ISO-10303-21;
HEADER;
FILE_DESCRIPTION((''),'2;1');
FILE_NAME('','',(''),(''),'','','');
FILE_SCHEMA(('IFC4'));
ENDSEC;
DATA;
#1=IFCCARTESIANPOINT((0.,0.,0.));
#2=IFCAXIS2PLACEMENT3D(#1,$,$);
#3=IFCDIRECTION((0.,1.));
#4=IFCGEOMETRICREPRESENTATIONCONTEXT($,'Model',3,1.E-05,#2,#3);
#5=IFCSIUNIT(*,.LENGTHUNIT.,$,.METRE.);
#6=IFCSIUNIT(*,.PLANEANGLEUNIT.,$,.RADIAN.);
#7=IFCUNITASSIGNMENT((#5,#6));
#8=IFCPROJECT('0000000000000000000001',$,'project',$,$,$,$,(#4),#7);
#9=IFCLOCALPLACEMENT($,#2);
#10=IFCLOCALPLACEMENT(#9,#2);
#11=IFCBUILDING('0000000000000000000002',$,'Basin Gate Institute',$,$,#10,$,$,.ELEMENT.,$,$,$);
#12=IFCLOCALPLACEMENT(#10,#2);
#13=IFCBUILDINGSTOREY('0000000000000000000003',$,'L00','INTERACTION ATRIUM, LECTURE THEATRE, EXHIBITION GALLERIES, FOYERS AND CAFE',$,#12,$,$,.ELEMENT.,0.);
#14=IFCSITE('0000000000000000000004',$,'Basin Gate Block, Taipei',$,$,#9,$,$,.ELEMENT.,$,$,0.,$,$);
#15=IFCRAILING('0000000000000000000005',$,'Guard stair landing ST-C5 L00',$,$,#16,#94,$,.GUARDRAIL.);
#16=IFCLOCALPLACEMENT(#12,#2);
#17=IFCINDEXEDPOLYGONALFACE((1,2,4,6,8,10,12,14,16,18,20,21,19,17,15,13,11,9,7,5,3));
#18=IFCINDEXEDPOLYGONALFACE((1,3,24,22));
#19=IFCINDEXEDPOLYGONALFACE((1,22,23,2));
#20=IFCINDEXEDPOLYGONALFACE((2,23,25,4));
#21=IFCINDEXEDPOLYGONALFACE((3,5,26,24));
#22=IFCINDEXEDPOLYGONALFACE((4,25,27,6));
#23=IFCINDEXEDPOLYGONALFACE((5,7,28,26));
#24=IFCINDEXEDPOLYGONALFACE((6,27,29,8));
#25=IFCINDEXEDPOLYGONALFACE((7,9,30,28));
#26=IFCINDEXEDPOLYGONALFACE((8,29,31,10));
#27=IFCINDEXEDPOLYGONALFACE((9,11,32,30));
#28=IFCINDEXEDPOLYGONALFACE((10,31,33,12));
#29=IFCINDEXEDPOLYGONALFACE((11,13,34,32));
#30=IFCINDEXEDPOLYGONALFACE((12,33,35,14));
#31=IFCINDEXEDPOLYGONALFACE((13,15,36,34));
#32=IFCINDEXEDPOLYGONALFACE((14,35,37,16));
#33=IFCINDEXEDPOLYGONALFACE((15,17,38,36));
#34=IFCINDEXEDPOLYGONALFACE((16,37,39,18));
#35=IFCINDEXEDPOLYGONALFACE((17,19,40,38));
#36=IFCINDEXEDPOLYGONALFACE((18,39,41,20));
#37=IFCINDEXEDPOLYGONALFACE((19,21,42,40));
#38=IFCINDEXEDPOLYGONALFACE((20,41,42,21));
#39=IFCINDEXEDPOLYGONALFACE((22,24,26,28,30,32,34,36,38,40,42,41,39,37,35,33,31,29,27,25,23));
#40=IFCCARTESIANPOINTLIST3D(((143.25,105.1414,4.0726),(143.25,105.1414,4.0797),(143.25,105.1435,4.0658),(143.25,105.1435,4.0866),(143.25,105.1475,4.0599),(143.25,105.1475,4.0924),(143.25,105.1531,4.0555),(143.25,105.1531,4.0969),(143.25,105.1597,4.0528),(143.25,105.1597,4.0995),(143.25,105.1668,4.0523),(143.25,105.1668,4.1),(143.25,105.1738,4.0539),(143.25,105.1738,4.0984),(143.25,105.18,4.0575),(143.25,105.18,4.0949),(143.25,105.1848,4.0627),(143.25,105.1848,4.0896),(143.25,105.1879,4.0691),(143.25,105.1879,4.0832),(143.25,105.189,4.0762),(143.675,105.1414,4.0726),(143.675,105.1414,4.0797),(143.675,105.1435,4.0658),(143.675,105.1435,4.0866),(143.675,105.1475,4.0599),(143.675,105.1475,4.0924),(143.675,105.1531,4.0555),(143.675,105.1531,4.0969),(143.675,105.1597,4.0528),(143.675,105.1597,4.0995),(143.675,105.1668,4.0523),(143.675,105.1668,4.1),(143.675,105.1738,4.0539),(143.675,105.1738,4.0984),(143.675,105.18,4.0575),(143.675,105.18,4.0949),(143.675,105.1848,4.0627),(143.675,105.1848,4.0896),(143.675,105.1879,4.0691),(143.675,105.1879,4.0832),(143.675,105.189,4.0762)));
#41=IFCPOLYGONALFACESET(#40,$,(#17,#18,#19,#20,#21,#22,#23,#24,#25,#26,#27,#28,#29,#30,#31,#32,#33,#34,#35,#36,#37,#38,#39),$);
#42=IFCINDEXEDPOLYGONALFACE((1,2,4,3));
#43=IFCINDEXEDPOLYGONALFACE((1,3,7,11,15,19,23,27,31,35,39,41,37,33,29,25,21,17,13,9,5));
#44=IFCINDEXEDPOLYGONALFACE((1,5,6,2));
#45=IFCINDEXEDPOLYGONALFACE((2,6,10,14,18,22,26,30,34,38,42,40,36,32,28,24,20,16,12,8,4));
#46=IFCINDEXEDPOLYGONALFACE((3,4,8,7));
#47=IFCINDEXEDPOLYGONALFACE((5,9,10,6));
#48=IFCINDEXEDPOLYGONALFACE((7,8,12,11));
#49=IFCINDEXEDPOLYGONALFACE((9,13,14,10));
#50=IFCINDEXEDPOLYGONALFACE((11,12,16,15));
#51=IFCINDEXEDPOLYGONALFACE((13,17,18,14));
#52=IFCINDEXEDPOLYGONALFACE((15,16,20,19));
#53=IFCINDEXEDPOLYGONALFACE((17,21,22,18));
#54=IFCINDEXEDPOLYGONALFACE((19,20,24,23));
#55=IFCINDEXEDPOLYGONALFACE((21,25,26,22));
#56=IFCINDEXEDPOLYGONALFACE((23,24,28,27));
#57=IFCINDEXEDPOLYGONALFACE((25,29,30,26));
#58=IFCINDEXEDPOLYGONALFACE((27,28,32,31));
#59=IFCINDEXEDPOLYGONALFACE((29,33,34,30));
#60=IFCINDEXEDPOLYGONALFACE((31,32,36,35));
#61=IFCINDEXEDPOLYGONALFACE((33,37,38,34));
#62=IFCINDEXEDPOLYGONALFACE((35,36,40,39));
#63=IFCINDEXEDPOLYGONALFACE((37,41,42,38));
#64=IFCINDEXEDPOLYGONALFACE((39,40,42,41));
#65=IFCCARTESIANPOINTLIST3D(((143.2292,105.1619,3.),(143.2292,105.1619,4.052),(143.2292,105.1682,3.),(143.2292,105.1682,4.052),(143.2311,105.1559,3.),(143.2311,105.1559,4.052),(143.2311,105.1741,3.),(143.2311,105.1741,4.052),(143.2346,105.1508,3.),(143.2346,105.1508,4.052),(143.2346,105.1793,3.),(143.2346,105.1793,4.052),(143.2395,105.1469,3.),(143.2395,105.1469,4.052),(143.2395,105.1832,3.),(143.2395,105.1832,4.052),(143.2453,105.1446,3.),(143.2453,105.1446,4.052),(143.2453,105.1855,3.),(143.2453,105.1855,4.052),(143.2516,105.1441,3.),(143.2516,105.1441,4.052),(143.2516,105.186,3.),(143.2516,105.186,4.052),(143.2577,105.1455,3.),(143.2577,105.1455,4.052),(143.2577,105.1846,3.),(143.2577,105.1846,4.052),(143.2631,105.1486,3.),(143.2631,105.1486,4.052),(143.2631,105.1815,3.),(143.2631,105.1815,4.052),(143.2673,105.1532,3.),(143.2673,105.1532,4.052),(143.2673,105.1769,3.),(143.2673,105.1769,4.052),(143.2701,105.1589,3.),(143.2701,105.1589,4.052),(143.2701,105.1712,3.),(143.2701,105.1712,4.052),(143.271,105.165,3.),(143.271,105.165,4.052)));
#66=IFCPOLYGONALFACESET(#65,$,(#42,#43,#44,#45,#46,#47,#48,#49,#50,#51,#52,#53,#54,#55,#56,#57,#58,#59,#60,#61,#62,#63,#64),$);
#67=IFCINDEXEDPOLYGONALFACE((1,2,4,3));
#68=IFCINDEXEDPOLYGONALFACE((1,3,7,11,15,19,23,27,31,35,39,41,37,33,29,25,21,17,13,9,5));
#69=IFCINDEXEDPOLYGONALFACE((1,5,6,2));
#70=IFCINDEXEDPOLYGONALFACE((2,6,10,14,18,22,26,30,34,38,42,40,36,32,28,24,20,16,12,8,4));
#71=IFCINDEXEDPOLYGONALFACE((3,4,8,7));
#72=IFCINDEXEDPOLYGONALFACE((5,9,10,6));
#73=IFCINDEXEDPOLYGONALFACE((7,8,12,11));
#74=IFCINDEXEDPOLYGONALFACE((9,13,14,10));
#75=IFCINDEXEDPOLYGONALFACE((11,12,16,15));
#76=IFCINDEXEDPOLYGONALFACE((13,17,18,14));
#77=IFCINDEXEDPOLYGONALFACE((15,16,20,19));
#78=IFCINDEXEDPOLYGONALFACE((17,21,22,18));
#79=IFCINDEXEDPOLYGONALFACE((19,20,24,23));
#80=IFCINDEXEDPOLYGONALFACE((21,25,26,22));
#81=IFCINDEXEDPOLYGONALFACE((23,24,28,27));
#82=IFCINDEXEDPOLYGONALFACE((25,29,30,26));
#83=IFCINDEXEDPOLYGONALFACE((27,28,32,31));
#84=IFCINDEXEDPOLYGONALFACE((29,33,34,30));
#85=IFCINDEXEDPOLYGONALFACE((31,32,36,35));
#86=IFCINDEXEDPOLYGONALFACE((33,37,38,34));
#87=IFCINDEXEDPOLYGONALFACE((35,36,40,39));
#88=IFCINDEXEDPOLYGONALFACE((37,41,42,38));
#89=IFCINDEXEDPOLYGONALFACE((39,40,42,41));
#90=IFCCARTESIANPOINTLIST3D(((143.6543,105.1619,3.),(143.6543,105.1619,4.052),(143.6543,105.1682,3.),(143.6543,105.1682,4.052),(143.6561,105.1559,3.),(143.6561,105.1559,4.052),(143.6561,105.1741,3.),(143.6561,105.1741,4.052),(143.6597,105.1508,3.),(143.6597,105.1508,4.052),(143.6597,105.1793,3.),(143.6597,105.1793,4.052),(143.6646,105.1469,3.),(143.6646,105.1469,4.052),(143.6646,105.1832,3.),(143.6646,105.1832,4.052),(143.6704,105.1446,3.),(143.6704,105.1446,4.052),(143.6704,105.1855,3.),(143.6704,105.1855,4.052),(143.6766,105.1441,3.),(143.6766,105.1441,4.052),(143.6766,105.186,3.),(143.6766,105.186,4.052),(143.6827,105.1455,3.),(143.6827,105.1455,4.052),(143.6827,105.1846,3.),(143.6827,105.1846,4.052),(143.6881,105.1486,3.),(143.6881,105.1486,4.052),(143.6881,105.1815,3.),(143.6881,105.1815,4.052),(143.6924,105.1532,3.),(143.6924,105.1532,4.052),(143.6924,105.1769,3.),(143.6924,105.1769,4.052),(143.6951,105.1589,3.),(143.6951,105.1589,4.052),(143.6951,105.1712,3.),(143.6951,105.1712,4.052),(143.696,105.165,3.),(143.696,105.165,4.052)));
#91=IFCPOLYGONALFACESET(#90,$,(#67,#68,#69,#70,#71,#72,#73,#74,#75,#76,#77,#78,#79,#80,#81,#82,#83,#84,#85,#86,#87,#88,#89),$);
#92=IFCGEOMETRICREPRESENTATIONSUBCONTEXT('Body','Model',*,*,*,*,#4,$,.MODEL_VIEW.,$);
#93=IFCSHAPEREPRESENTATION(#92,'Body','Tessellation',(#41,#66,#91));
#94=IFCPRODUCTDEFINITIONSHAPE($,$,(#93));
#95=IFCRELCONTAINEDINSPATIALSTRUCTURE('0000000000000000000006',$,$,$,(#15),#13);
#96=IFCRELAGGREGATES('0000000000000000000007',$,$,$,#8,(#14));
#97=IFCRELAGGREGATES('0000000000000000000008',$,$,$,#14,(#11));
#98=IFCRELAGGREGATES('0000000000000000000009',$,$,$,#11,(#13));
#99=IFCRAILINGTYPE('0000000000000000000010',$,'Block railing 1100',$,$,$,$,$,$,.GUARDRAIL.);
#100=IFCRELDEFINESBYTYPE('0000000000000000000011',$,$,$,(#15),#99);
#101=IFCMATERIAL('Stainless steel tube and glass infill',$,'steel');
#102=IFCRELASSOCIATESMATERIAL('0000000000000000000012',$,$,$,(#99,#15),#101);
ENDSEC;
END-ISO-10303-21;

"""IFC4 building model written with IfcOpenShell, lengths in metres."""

from ifc_helpers import new_model, si_unit, direction, frame, origin, origin_2d, place, context, subcontext, project, spatial, circle, extrude, material, type_object, element, save


model = new_model("IFC4")

# Units and contexts
model_context = context("Model", 3, precision=1e-05, world=origin(), true_north=direction((0.0, 1.0)))
body_context = subcontext(model_context, "Body", "Model", "MODEL_VIEW")
ifc_project = project(units=[si_unit("LENGTHUNIT", "METRE"), si_unit("PLANEANGLEUNIT", "RADIAN")], contexts=[model_context])

# Site, building, storey
site_placement = place(None, origin())
site = spatial("IfcSite", under=ifc_project, at=site_placement, Name="Basin Gate Block, Taipei", CompositionType="ELEMENT", RefElevation=0.0)
building_placement = place(site_placement, origin())
building = spatial("IfcBuilding", under=site, at=building_placement, Name="Basin Gate Institute", CompositionType="ELEMENT")
storey_placement = place(building_placement, origin())
storey = spatial("IfcBuildingStorey", under=building, at=storey_placement, Name="L00", Description="INTERACTION ATRIUM, LECTURE THEATRE, EXHIBITION GALLERIES, FOYERS AND CAFE", CompositionType="ELEMENT", Elevation=0.0)

# Railing
ifc_material_1 = material(Name="Stainless steel tube and glass infill", Category="steel")
railing_type_1 = type_object("IfcRailingType", Name="Block railing 1100", PredefinedType="GUARDRAIL", material=ifc_material_1)
for number, where, name in (
    (1, (143.25, 105.165, 3.0), "Guard stair landing ST-C5 L00"),
):
    element("IfcRailing", number, at=place(storey_placement, frame(where)), inside=storey, type_object=railing_type_1, material=ifc_material_1, Name=name, PredefinedType="GUARDRAIL", context=body_context, shape_type="SweptSolid", body=[
        extrude(circle(Radius=0.0239, at=origin_2d()), frame((0.0, 0.0, 1.0762), z_axis=(1.0, 0.0, 0.0), x_axis=(0.0, 1.0, 0.0)), (0.0, 0.0, 1.0), 0.425),
        extrude(circle(Radius=0.021, at=origin_2d()), origin(), (0.0, 0.0, 1.0), 1.052),
        extrude(circle(Radius=0.021, at=origin_2d()), frame((0.425, 0.0, 0.0)), (0.0, 0.0, 1.0), 1.052),
    ])

save(model, "model.ifc")
